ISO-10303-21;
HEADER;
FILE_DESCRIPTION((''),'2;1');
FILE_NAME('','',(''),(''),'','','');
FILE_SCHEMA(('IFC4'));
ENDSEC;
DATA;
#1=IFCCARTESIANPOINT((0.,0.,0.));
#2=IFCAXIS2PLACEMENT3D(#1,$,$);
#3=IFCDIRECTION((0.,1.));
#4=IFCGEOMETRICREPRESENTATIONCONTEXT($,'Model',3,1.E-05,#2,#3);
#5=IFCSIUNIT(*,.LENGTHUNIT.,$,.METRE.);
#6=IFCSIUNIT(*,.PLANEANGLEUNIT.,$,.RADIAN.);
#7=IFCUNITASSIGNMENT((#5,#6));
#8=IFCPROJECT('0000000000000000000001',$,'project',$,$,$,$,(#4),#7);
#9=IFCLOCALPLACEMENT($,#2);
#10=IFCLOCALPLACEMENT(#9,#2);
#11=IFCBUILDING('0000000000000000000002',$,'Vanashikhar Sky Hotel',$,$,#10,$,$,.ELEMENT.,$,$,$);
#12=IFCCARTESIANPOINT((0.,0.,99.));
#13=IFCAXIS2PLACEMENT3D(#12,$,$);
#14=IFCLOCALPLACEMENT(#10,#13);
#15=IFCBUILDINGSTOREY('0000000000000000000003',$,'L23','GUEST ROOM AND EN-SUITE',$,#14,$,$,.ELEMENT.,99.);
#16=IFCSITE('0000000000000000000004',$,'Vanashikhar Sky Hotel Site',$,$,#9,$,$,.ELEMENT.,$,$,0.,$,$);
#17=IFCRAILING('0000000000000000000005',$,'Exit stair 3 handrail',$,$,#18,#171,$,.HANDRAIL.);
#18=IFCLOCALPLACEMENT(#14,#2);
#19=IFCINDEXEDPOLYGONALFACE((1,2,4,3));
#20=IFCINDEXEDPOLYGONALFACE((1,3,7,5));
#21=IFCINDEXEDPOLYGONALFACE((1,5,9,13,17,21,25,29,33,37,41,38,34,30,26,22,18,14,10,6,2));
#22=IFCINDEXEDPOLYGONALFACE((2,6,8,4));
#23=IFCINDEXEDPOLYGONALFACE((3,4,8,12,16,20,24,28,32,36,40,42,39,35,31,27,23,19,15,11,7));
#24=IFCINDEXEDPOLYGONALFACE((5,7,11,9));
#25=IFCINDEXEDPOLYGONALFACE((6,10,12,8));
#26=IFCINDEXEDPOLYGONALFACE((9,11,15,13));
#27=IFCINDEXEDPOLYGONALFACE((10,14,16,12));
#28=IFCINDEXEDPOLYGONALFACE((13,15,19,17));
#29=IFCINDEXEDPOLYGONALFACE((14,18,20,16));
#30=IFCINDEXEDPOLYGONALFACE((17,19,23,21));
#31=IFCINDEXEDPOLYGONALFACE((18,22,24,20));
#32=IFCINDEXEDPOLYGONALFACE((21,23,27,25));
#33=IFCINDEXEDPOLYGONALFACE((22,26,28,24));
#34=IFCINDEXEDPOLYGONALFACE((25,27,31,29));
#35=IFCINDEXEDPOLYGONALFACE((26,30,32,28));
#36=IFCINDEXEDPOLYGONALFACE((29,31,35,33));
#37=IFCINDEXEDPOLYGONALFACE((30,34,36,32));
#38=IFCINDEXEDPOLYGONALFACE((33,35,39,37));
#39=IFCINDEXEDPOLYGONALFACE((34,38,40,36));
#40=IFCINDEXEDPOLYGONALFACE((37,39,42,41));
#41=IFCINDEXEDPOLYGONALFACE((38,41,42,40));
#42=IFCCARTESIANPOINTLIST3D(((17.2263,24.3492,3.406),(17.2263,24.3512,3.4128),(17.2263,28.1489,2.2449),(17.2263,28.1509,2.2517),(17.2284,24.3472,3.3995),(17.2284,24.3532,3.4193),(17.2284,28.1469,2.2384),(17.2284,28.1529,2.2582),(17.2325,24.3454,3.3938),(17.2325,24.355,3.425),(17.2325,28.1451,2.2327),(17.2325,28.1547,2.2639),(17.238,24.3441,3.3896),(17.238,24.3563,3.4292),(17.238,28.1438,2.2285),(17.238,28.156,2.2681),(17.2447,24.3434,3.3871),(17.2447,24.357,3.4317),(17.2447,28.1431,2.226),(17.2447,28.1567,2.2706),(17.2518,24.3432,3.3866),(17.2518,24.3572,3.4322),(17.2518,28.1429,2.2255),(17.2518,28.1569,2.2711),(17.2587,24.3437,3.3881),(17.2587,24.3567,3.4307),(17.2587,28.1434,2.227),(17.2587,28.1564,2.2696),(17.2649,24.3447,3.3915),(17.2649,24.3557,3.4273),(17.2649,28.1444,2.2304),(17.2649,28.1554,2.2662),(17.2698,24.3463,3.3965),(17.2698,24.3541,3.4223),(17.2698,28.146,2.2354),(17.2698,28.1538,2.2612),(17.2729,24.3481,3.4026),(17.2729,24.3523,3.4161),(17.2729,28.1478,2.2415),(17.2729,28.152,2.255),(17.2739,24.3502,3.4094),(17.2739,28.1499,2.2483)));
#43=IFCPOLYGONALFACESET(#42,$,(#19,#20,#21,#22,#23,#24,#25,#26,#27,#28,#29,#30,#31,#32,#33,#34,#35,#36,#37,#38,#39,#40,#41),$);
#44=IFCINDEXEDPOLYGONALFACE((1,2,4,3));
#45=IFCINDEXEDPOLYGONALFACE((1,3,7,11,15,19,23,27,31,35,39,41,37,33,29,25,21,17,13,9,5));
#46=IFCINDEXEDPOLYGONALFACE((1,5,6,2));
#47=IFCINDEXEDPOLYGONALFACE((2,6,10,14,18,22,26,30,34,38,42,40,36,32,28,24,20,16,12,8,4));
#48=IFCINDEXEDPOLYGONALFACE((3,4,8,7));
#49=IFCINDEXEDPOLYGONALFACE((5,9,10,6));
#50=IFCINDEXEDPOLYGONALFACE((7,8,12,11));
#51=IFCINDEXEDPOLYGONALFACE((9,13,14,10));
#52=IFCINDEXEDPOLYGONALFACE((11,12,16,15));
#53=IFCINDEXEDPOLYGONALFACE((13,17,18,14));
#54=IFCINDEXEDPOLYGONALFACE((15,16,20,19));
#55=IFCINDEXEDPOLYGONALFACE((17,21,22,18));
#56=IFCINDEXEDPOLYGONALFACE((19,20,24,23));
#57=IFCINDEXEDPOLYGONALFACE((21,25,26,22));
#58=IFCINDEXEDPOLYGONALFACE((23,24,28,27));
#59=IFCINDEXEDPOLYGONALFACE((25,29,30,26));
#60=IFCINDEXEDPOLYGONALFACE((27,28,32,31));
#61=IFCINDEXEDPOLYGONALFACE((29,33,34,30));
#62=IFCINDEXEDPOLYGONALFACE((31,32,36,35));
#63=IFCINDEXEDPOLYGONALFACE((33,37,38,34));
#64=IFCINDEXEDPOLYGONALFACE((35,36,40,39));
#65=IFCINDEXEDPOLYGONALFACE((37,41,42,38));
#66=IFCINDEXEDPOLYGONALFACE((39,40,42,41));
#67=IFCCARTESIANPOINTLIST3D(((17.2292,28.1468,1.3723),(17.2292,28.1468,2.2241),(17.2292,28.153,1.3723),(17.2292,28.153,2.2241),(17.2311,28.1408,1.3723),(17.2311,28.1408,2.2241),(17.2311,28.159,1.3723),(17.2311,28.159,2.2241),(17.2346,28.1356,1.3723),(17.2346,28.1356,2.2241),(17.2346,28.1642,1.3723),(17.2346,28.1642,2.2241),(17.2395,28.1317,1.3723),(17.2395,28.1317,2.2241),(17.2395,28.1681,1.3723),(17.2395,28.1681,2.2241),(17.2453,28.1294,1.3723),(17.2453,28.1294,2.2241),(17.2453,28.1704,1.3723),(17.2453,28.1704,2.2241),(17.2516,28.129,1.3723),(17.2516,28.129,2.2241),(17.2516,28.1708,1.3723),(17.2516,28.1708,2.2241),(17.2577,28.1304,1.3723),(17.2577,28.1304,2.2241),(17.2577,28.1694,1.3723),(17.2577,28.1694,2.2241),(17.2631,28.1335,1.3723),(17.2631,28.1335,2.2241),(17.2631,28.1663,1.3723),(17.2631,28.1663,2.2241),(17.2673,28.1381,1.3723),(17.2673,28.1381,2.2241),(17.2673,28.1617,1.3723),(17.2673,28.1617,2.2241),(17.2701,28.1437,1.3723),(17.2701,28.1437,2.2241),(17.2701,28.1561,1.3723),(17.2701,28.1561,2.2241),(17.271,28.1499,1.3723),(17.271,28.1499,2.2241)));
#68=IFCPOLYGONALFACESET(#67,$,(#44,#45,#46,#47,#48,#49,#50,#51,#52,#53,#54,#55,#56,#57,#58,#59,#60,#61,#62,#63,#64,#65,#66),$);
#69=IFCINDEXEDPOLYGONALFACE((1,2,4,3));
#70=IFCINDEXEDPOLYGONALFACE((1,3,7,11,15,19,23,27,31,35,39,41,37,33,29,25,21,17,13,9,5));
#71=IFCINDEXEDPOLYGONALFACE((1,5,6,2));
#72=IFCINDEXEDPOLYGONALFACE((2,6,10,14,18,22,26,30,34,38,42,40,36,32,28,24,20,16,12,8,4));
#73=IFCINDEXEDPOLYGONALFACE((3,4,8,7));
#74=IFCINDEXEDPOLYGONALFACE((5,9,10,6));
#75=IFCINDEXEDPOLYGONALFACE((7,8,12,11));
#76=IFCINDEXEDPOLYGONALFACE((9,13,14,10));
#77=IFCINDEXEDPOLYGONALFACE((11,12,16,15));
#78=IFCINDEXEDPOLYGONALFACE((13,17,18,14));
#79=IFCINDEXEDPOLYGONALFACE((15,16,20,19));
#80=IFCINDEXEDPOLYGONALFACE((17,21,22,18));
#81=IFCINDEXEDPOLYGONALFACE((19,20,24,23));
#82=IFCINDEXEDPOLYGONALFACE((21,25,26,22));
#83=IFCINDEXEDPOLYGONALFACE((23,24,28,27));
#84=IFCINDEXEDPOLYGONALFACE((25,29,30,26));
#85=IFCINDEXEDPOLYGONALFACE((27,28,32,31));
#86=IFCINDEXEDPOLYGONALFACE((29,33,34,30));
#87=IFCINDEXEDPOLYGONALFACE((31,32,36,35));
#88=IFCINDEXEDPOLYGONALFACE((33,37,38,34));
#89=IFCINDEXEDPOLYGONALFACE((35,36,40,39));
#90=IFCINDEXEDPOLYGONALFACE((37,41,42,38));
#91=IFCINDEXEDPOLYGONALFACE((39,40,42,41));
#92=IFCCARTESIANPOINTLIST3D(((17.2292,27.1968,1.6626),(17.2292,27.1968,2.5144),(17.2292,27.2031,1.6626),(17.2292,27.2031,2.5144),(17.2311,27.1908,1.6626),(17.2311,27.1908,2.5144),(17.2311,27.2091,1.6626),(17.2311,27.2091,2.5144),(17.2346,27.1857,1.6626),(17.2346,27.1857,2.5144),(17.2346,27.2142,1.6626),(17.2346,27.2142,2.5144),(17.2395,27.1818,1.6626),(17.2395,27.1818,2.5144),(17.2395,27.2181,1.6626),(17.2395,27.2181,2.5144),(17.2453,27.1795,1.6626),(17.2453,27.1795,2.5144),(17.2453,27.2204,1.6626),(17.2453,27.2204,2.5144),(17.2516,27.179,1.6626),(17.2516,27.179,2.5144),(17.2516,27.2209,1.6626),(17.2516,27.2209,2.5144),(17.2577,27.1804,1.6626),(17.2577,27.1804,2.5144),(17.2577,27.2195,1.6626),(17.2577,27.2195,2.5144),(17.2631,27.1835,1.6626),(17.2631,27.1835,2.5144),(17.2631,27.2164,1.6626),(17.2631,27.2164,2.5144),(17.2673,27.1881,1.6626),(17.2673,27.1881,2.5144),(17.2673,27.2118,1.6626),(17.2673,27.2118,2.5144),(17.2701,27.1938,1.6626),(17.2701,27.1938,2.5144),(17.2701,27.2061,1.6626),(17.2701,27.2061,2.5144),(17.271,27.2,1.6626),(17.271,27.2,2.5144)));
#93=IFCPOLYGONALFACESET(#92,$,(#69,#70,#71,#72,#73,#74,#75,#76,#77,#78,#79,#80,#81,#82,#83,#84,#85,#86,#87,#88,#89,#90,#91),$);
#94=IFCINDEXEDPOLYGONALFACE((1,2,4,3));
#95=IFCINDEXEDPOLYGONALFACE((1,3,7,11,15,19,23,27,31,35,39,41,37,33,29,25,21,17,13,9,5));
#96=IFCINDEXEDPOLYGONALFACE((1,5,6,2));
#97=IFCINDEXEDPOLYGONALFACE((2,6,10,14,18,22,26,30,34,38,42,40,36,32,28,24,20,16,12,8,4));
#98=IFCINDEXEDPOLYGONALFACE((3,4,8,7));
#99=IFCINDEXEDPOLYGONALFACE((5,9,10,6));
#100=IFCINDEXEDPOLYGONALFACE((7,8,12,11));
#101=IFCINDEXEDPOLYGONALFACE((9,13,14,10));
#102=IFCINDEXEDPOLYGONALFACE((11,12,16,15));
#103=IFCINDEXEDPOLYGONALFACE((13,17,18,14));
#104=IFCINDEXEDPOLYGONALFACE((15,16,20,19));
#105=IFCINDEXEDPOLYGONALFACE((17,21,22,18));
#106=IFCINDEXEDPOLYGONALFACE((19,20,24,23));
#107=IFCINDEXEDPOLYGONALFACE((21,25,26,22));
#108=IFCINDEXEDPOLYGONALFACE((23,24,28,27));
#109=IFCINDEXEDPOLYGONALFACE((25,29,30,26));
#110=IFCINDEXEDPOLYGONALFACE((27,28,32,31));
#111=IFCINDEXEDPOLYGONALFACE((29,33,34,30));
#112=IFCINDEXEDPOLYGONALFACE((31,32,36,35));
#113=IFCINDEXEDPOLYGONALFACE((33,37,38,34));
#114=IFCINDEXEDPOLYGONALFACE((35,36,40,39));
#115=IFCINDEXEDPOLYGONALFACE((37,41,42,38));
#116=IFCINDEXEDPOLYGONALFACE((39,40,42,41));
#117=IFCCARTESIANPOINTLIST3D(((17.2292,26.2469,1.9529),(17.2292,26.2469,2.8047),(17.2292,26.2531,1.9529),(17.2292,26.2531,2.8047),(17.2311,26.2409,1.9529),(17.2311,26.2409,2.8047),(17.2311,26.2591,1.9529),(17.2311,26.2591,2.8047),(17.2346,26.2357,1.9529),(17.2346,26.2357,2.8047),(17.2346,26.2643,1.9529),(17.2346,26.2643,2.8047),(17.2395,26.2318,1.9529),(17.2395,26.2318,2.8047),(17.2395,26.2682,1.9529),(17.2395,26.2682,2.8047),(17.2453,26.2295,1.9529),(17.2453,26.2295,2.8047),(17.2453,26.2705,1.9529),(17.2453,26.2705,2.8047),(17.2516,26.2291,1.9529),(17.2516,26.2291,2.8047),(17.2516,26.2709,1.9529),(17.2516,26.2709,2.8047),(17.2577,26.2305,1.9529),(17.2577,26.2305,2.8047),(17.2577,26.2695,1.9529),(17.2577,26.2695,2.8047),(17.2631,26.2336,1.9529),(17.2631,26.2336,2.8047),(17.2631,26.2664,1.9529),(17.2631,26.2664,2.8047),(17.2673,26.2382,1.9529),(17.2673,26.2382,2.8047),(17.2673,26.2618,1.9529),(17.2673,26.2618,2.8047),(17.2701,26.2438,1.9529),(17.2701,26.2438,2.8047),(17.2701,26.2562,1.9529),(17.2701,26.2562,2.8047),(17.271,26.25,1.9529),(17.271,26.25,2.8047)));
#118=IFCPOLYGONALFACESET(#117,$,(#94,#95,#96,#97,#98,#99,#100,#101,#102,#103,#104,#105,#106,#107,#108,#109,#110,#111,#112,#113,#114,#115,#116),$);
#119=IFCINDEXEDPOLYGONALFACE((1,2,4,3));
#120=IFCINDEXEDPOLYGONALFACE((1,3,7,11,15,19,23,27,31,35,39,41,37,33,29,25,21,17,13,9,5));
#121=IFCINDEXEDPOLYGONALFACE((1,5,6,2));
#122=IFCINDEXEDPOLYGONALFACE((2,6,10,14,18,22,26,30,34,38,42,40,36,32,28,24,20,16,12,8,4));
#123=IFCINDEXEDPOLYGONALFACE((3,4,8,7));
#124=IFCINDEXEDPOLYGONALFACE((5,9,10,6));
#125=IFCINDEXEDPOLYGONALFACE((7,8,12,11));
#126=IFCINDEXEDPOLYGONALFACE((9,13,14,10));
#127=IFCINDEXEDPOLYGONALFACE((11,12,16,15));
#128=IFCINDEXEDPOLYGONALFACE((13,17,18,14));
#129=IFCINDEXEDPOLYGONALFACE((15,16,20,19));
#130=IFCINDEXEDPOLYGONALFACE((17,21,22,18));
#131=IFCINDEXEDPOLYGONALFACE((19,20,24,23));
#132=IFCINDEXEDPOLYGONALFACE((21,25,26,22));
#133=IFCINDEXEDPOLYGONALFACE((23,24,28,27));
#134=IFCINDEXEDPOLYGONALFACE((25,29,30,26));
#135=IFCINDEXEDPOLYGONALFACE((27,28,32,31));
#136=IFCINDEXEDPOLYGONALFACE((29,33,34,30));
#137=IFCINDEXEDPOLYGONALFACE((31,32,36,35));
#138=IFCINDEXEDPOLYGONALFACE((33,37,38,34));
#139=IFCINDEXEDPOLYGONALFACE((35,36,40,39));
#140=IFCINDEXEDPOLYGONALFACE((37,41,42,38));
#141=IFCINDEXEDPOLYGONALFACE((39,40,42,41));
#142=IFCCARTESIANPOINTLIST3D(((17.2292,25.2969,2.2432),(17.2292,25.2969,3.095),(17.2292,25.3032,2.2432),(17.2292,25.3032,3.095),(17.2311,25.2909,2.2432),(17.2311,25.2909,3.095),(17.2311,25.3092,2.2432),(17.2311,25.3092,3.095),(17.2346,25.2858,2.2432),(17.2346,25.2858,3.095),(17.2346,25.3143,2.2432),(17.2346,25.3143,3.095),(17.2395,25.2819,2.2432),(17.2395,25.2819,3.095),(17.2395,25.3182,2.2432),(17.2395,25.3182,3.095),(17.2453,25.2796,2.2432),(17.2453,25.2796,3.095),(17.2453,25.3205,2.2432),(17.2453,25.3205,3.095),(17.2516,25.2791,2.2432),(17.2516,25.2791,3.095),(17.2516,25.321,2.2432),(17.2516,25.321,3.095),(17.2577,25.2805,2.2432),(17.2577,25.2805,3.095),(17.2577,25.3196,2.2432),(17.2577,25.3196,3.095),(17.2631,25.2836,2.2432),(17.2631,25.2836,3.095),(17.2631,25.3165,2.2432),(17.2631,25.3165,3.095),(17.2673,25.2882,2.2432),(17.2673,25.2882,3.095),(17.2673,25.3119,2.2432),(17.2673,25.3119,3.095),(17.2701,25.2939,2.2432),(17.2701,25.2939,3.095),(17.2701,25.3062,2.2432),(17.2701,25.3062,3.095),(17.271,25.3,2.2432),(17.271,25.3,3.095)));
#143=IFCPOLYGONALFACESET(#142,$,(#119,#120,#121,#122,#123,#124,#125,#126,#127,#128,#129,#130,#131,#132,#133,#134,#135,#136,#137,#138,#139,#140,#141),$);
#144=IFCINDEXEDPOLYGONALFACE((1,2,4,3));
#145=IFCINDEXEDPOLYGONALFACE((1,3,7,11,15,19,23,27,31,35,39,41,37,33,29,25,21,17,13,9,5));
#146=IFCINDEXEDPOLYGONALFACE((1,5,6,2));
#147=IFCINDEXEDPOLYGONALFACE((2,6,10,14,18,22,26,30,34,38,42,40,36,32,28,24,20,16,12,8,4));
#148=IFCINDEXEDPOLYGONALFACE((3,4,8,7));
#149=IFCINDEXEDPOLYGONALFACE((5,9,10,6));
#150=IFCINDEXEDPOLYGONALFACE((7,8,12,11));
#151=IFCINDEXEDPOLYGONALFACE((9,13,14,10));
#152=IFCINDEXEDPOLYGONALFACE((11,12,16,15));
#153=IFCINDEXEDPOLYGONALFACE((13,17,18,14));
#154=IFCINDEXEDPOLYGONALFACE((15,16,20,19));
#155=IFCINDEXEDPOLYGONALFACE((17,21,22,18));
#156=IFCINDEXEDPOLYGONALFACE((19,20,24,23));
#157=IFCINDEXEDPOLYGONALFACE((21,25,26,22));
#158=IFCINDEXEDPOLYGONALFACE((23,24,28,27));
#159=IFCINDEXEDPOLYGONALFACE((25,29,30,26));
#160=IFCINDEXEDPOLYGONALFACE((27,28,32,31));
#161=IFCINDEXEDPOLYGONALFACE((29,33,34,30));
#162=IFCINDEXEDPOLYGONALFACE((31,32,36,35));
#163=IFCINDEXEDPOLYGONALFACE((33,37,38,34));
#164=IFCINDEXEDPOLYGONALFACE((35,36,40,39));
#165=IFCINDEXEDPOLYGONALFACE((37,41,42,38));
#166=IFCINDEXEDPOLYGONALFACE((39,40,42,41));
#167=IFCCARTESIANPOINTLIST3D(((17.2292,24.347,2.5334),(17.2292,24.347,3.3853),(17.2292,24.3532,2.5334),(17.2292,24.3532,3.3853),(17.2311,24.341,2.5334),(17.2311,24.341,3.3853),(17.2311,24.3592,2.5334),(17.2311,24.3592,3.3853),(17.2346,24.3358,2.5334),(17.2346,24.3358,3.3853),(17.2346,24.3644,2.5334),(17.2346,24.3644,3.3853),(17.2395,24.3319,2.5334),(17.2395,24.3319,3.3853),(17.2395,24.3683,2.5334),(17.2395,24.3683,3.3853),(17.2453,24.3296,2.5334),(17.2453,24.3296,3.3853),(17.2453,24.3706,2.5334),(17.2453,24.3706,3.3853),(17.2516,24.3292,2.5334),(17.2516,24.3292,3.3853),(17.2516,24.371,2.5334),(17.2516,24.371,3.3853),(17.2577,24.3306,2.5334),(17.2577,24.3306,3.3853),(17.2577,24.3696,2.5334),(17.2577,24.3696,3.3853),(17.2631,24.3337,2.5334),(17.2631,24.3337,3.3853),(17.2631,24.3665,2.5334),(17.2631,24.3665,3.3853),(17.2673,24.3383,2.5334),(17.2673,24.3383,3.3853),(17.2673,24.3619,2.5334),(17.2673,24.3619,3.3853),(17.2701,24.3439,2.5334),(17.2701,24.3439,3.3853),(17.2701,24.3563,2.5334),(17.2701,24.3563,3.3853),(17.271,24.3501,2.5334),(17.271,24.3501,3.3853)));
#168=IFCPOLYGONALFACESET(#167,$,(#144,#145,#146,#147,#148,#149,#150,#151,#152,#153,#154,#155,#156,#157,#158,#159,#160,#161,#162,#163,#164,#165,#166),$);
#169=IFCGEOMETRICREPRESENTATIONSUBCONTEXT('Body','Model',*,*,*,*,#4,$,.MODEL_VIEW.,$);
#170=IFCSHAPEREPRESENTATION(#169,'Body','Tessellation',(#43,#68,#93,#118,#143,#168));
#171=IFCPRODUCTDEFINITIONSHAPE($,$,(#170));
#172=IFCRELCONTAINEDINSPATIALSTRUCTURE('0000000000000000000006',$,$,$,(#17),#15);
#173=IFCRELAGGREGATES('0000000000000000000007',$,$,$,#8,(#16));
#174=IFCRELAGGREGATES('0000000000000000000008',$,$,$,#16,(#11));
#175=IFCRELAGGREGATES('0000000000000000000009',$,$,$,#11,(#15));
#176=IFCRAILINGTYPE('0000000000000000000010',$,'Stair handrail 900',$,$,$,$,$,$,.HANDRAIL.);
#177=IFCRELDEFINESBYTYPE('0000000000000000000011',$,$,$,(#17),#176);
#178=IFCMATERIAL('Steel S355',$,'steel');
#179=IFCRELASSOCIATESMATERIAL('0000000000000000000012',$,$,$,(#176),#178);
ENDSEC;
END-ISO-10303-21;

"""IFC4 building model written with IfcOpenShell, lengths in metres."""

from ifc_helpers import new_model, si_unit, direction, frame, origin, origin_2d, place, context, subcontext, project, spatial, circle, extrude, source, transform, mapped, material, type_object, element, save


model = new_model("IFC4")

# Units and contexts
model_context = context("Model", 3, precision=1e-05, world=origin(), true_north=direction((0.0, 1.0)))
body_context = subcontext(model_context, "Body", "Model", "MODEL_VIEW")
ifc_project = project(units=[si_unit("LENGTHUNIT", "METRE"), si_unit("PLANEANGLEUNIT", "RADIAN")], contexts=[model_context])

# Site, building, storey
site_placement = place(None, origin())
site = spatial("IfcSite", under=ifc_project, at=site_placement, Name="Vanashikhar Sky Hotel Site", CompositionType="ELEMENT", RefElevation=0.0)
building_placement = place(site_placement, origin())
building = spatial("IfcBuilding", under=site, at=building_placement, Name="Vanashikhar Sky Hotel", CompositionType="ELEMENT")
storey_placement = place(building_placement, frame((0.0, 0.0, 99.0)))
storey = spatial("IfcBuildingStorey", under=building, at=storey_placement, Name="L23", Description="GUEST ROOM AND EN-SUITE", CompositionType="ELEMENT", Elevation=99.0)

# Railing
ifc_material_1 = material(Name="Steel S355", Category="steel")
railing_type = type_object("IfcRailingType", Name="Stair handrail 900", PredefinedType="HANDRAIL", material=ifc_material_1)
shared_shape_1 = source(origin(), body_context, "Body", "SweptSolid", [
    extrude(circle(Radius=0.0239, at=origin_2d()), frame((0.0, 0.0, 0.876), z_axis=(0.0, -0.956346, 0.292237), x_axis=(1.0, 0.0, 0.0)), (0.0, 0.0, 1.0), 3.9731),
    extrude(circle(Radius=0.021, at=origin_2d()), origin(), (0.0, 0.0, 1.0), 0.8518),
    extrude(circle(Radius=0.021, at=origin_2d()), frame((0.0, -0.95, 0.2903)), (0.0, 0.0, 1.0), 0.8518),
    extrude(circle(Radius=0.021, at=origin_2d()), frame((0.0, -1.8999, 0.5806)), (0.0, 0.0, 1.0), 0.8518),
    extrude(circle(Radius=0.021, at=origin_2d()), frame((0.0, -2.8499, 0.8708)), (0.0, 0.0, 1.0), 0.8518),
    extrude(circle(Radius=0.021, at=origin_2d()), frame((0.0, -3.7998, 1.1611)), (0.0, 0.0, 1.0), 0.8518),
])
railing_placement = place(storey_placement, frame((17.25, 28.1499, 1.3723)))
element("IfcRailing", 1, at=railing_placement, inside=storey, type_object=railing_type, Name="Exit stair 3 handrail", PredefinedType="HANDRAIL", context=body_context, shape_type="MappedRepresentation", body=[
    mapped(shared_shape_1, transform((0.0, 0.0, 0.0), scale=1.0)),
])

save(model, "model.ifc")
